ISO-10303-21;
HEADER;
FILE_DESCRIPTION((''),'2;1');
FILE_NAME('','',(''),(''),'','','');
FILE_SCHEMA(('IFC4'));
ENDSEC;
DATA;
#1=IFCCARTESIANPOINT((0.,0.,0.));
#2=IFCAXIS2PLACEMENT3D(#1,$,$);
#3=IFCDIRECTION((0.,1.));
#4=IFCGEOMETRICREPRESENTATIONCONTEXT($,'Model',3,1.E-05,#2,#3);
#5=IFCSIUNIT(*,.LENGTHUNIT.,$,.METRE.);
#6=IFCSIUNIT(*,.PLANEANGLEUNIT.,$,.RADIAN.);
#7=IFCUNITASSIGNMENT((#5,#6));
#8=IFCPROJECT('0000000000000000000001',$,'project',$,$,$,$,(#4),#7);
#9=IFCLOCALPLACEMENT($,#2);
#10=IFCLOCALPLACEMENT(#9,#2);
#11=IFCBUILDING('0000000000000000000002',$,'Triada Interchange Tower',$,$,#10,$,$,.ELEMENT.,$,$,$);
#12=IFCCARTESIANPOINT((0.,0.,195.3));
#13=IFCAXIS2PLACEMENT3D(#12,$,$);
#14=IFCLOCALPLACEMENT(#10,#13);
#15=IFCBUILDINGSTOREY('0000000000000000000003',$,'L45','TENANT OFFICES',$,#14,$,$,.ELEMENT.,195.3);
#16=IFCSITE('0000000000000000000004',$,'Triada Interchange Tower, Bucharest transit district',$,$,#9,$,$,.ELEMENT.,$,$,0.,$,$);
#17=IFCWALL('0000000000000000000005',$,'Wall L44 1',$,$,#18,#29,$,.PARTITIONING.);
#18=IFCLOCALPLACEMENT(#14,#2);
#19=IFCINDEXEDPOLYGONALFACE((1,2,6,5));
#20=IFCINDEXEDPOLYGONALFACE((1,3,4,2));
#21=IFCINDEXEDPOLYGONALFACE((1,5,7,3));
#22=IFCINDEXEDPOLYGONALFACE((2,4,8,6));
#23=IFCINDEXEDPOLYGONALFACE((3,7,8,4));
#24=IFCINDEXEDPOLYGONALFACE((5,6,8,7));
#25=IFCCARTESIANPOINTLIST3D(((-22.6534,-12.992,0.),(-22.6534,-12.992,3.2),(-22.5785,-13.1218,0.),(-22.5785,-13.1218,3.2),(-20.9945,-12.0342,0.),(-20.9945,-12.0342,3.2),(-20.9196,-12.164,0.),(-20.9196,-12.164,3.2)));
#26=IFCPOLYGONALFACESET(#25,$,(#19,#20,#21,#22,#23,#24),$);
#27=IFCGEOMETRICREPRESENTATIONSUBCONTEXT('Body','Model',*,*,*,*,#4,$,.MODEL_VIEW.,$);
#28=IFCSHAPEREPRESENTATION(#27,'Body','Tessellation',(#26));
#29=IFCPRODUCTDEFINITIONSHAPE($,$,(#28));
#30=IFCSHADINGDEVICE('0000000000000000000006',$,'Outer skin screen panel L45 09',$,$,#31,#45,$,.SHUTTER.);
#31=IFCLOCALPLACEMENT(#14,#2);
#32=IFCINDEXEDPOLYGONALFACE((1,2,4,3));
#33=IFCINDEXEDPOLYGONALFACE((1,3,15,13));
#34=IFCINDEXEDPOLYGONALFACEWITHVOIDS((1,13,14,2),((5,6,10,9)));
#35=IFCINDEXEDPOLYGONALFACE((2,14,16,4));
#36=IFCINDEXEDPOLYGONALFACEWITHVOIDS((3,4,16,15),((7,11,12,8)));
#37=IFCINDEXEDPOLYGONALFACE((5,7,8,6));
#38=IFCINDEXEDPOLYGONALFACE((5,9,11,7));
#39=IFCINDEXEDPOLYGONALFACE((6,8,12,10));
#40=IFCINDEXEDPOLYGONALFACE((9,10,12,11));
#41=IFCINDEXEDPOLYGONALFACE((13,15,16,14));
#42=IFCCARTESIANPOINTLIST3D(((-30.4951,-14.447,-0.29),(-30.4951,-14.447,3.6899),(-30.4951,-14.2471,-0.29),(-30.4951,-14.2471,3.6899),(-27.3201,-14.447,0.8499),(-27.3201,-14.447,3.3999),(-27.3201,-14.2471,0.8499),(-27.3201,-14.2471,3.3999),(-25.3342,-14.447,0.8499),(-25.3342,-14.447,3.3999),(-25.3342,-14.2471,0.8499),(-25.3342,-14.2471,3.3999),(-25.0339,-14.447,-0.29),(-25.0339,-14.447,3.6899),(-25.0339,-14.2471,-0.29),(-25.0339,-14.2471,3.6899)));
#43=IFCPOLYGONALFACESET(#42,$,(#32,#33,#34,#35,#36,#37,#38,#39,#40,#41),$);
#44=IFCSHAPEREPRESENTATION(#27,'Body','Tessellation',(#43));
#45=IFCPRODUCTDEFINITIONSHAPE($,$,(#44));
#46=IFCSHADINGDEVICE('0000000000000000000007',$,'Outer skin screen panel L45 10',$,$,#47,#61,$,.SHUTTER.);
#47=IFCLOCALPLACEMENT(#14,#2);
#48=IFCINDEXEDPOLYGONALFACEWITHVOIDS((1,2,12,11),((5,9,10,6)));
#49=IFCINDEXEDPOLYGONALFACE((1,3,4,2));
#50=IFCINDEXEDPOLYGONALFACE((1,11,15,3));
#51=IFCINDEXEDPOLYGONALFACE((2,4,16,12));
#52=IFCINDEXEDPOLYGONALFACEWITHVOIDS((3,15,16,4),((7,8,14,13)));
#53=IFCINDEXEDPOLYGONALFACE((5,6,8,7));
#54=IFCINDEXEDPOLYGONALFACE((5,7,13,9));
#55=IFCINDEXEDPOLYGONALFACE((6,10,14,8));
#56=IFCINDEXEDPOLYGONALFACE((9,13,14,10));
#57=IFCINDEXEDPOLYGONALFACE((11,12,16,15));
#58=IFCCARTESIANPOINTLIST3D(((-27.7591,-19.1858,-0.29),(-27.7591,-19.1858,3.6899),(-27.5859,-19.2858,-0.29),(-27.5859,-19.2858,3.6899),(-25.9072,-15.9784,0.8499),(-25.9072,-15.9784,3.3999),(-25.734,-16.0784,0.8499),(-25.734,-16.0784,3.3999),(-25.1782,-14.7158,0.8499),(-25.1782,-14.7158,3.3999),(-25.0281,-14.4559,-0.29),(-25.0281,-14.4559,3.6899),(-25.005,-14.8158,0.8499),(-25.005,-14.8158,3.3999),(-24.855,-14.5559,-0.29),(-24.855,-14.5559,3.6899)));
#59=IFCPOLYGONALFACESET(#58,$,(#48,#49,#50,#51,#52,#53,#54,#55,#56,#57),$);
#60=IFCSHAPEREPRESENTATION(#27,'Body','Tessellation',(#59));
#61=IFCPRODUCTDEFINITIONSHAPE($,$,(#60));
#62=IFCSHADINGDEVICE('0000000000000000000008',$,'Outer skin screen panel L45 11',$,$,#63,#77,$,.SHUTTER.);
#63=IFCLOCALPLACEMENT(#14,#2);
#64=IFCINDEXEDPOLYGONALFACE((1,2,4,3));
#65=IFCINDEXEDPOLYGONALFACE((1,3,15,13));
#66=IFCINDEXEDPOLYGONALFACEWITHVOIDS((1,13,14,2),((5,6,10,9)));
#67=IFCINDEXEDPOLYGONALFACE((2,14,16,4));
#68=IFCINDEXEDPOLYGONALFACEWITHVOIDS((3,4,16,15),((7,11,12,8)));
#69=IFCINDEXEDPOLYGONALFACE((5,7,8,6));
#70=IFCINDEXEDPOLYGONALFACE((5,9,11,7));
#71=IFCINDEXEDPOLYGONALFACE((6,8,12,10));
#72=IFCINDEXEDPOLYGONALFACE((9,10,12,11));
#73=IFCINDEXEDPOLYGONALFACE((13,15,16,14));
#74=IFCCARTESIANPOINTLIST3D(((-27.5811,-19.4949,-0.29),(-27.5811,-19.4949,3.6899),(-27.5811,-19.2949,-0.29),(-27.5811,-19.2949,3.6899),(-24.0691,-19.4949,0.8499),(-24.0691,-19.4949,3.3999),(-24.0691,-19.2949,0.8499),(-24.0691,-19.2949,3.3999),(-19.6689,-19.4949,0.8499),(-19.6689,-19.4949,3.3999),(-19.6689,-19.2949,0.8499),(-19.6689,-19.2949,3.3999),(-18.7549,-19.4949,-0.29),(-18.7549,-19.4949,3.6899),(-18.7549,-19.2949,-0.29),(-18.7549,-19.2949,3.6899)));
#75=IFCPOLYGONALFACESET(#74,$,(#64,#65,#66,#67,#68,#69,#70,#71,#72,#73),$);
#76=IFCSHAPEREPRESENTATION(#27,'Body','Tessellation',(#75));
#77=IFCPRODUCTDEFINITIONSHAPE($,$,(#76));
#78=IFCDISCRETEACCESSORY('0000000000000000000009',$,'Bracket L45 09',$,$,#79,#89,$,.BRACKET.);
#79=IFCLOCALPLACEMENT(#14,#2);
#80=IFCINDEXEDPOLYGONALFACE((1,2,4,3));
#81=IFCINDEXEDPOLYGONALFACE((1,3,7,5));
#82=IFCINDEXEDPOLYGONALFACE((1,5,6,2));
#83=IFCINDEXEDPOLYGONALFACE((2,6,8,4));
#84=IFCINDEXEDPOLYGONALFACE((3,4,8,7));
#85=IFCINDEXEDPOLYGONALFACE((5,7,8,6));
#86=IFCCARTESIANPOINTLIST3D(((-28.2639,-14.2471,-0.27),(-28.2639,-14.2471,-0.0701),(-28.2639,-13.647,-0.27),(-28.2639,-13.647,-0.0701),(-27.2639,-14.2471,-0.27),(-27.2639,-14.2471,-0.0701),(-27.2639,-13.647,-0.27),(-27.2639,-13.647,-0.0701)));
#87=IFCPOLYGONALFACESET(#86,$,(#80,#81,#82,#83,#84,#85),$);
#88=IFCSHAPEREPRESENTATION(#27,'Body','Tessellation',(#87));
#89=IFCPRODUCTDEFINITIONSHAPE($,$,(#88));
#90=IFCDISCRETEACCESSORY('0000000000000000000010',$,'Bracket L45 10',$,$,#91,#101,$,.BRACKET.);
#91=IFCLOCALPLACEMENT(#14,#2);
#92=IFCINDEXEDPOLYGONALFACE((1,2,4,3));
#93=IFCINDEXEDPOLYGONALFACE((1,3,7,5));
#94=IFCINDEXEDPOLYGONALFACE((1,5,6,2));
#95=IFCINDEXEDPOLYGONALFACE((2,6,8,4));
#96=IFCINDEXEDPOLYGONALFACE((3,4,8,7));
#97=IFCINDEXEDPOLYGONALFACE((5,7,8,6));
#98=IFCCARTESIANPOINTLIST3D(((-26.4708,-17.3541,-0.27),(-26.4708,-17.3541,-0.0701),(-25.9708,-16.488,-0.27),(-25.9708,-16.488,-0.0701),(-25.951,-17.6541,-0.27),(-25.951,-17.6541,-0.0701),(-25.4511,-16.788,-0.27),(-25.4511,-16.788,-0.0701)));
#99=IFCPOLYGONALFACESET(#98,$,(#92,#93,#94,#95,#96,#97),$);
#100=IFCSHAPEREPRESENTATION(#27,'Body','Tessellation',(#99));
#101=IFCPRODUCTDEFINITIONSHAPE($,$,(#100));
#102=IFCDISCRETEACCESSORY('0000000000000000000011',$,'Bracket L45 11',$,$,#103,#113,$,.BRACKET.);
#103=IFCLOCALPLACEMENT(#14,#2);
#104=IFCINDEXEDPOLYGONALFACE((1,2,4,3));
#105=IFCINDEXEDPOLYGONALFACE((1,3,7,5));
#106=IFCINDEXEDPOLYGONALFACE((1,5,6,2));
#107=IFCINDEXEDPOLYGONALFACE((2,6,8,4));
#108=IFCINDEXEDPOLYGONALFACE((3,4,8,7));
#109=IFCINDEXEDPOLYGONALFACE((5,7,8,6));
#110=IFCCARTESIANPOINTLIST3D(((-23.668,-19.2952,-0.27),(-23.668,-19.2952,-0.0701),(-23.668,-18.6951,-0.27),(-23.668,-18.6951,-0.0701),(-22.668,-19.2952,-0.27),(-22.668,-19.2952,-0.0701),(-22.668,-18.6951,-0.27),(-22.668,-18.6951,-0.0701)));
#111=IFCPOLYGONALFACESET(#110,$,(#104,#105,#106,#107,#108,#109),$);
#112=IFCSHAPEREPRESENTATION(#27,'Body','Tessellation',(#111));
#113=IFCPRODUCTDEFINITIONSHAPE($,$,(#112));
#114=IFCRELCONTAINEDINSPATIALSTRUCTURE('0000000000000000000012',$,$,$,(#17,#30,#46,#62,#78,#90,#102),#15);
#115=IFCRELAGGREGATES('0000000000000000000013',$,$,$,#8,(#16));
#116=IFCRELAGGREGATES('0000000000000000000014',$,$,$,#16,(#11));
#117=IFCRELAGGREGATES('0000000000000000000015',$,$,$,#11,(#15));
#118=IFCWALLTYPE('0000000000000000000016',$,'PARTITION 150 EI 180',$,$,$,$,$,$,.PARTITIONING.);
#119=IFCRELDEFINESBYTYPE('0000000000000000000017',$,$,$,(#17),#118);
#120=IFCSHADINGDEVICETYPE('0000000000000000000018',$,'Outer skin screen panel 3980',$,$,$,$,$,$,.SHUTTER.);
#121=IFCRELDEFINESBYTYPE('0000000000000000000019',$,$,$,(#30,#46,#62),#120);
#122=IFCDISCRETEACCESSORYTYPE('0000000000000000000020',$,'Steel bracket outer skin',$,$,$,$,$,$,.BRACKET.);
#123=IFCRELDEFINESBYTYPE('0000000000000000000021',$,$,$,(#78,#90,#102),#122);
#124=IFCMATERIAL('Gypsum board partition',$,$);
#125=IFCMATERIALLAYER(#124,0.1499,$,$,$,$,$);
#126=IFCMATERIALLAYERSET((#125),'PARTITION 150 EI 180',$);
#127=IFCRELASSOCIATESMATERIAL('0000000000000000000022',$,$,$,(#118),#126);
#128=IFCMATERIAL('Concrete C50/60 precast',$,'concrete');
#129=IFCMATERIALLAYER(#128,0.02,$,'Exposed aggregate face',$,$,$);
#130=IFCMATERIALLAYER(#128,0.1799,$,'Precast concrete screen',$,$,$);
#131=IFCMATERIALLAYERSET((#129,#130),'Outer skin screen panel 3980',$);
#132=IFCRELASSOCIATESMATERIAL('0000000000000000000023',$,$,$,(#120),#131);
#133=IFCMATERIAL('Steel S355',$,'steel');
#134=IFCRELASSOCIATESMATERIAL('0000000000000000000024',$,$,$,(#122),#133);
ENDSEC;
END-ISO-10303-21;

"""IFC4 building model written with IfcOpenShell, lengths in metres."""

from ifc_helpers import new_model, si_unit, direction, frame, frame_2d, origin, origin_2d, place, context, subcontext, project, spatial, polyline, rectangle, outline, extrude, material, layer, layer_set, type_object, element, save


model = new_model("IFC4")

# Units and contexts
model_context = context("Model", 3, precision=1e-05, world=origin(), true_north=direction((0.0, 1.0)))
body_context = subcontext(model_context, "Body", "Model", "MODEL_VIEW")
ifc_project = project(units=[si_unit("LENGTHUNIT", "METRE"), si_unit("PLANEANGLEUNIT", "RADIAN")], contexts=[model_context])

# Site, building, storey
site_placement = place(None, origin())
site = spatial("IfcSite", under=ifc_project, at=site_placement, Name="Triada Interchange Tower, Bucharest transit district", CompositionType="ELEMENT", RefElevation=0.0)
building_placement = place(site_placement, origin())
building = spatial("IfcBuilding", under=site, at=building_placement, Name="Triada Interchange Tower", CompositionType="ELEMENT")
storey_placement = place(building_placement, frame((0.0, 0.0, 195.3)))
storey = spatial("IfcBuildingStorey", under=building, at=storey_placement, Name="L45", Description="TENANT OFFICES", CompositionType="ELEMENT", Elevation=195.3)

# Wall
ifc_material_1 = material(Name="Gypsum board partition")
ifc_layer_1 = layer(ifc_material_1, 0.1499)
ifc_layer_set_1 = layer_set([ifc_layer_1], Name="PARTITION 150 EI 180")
wall_type_1 = type_object("IfcWallType", Name="PARTITION 150 EI 180", PredefinedType="PARTITIONING", material=ifc_layer_set_1)
wall_1_placement = place(storey_placement, frame((-22.616, -13.0569, 0.0), z_axis=(0.0, 0.0, 1.0), x_axis=(0.866031, 0.499991, 0.0)))
element("IfcWall", 1, at=wall_1_placement, inside=storey, type_object=wall_type_1, Name="Wall L44 1", PredefinedType="PARTITIONING", context=body_context, shape_type="SweptSolid", body=[
    extrude(rectangle(XDim=1.9155, YDim=0.1499, at=frame_2d((0.9578, 0.0))), origin(), (0.0, 0.0, 1.0), 3.2),
])

# Shading devices
ifc_material_2 = material(Name="Concrete C50/60 precast", Category="concrete")
ifc_layer_2 = layer(ifc_material_2, 0.02, Name="Exposed aggregate face")
ifc_layer_3 = layer(ifc_material_2, 0.1799, Name="Precast concrete screen")
ifc_layer_set_2 = layer_set([ifc_layer_2, ifc_layer_3], Name="Outer skin screen panel 3980")
shading_device_type = type_object("IfcShadingDeviceType", Name="Outer skin screen panel 3980", PredefinedType="SHUTTER", material=ifc_layer_set_2)
shading_device_1_placement = place(storey_placement, frame((-30.4951, -14.2471, -0.29), z_axis=(0.0, 0.0, 1.0), x_axis=(1.0, 0.0, 0.0)))
element("IfcShadingDevice", 2, at=shading_device_1_placement, inside=storey, type_object=shading_device_type, Name="Outer skin screen panel L45 09", PredefinedType="SHUTTER", context=body_context, shape_type="SweptSolid", body=[
    extrude(outline(polyline([(0.0, 0.0), (5.4612, 0.0), (5.4612, 3.98), (0.0, 3.98), (0.0, 0.0)]), holes=[polyline([(3.175, 1.1399), (3.175, 3.6899), (5.1609, 3.6899), (5.1609, 1.1399), (3.175, 1.1399)])]), frame((0.0, 0.0, 0.0), z_axis=(0.0, -1.0, 0.0), x_axis=(1.0, 0.0, 0.0)), (0.0, 0.0, 1.0), 0.2),
])
shading_device_2_placement = place(storey_placement, frame((-24.855, -14.5559, -0.29), z_axis=(0.0, 0.0, 1.0), x_axis=(-0.500014, -0.866017, 0.0)))
element("IfcShadingDevice", 3, at=shading_device_2_placement, inside=storey, type_object=shading_device_type, Name="Outer skin screen panel L45 10", PredefinedType="SHUTTER", context=body_context, shape_type="SweptSolid", body=[
    extrude(outline(polyline([(0.0, 0.0), (5.4617, 0.0), (5.4617, 3.98), (0.0, 3.98), (0.0, 0.0)]), holes=[polyline([(0.3, 1.1399), (0.3, 3.6899), (1.7581, 3.6899), (1.7581, 1.1399), (0.3, 1.1399)])]), frame((0.0, 0.0, 0.0), z_axis=(0.0, -1.0, 0.0), x_axis=(1.0, 0.0, 0.0)), (0.0, 0.0, 1.0), 0.2),
])
shading_device_3_placement = place(storey_placement, frame((-27.5811, -19.2949, -0.29), z_axis=(0.0, 0.0, 1.0), x_axis=(1.0, 0.0, 0.0)))
element("IfcShadingDevice", 4, at=shading_device_3_placement, inside=storey, type_object=shading_device_type, Name="Outer skin screen panel L45 11", PredefinedType="SHUTTER", context=body_context, shape_type="SweptSolid", body=[
    extrude(outline(polyline([(0.0, 0.0), (8.8262, 0.0), (8.8262, 3.98), (0.0, 3.98), (0.0, 0.0)]), holes=[polyline([(3.512, 1.1399), (3.512, 3.6899), (7.9121, 3.6899), (7.9121, 1.1399), (3.512, 1.1399)])]), frame((0.0, 0.0, 0.0), z_axis=(0.0, -1.0, 0.0), x_axis=(1.0, 0.0, 0.0)), (0.0, 0.0, 1.0), 0.2),
])

# Discrete accessories
ifc_material_3 = material(Name="Steel S355", Category="steel")
discrete_accessory_type = type_object("IfcDiscreteAccessoryType", Name="Steel bracket outer skin", PredefinedType="BRACKET", material=ifc_material_3)
for number, where, z_axis, x_axis, name in (
    (5, (-27.7639, -13.947, -0.27), (0.0, 0.0, 1.0), (0.0, -1.0, 0.0), "Bracket L45 09"),
    (6, (-25.9609, -17.071, -0.27), (0.0, 0.0, 1.0), (-0.86606, 0.49994, 0.0), "Bracket L45 10"),
    (7, (-23.168, -18.9951, -0.27), (0.0, 0.0, 1.0), (0.0, -1.0, 0.0), "Bracket L45 11"),
):
    element("IfcDiscreteAccessory", number, at=place(storey_placement, frame(where, z_axis=z_axis, x_axis=x_axis)), inside=storey, type_object=discrete_accessory_type, Name=name, PredefinedType="BRACKET", context=body_context, shape_type="SweptSolid", body=[
        extrude(rectangle(XDim=0.6001, YDim=1.0, at=origin_2d()), origin(), (0.0, 0.0, 1.0), 0.2),
    ])

save(model, "model.ifc")
